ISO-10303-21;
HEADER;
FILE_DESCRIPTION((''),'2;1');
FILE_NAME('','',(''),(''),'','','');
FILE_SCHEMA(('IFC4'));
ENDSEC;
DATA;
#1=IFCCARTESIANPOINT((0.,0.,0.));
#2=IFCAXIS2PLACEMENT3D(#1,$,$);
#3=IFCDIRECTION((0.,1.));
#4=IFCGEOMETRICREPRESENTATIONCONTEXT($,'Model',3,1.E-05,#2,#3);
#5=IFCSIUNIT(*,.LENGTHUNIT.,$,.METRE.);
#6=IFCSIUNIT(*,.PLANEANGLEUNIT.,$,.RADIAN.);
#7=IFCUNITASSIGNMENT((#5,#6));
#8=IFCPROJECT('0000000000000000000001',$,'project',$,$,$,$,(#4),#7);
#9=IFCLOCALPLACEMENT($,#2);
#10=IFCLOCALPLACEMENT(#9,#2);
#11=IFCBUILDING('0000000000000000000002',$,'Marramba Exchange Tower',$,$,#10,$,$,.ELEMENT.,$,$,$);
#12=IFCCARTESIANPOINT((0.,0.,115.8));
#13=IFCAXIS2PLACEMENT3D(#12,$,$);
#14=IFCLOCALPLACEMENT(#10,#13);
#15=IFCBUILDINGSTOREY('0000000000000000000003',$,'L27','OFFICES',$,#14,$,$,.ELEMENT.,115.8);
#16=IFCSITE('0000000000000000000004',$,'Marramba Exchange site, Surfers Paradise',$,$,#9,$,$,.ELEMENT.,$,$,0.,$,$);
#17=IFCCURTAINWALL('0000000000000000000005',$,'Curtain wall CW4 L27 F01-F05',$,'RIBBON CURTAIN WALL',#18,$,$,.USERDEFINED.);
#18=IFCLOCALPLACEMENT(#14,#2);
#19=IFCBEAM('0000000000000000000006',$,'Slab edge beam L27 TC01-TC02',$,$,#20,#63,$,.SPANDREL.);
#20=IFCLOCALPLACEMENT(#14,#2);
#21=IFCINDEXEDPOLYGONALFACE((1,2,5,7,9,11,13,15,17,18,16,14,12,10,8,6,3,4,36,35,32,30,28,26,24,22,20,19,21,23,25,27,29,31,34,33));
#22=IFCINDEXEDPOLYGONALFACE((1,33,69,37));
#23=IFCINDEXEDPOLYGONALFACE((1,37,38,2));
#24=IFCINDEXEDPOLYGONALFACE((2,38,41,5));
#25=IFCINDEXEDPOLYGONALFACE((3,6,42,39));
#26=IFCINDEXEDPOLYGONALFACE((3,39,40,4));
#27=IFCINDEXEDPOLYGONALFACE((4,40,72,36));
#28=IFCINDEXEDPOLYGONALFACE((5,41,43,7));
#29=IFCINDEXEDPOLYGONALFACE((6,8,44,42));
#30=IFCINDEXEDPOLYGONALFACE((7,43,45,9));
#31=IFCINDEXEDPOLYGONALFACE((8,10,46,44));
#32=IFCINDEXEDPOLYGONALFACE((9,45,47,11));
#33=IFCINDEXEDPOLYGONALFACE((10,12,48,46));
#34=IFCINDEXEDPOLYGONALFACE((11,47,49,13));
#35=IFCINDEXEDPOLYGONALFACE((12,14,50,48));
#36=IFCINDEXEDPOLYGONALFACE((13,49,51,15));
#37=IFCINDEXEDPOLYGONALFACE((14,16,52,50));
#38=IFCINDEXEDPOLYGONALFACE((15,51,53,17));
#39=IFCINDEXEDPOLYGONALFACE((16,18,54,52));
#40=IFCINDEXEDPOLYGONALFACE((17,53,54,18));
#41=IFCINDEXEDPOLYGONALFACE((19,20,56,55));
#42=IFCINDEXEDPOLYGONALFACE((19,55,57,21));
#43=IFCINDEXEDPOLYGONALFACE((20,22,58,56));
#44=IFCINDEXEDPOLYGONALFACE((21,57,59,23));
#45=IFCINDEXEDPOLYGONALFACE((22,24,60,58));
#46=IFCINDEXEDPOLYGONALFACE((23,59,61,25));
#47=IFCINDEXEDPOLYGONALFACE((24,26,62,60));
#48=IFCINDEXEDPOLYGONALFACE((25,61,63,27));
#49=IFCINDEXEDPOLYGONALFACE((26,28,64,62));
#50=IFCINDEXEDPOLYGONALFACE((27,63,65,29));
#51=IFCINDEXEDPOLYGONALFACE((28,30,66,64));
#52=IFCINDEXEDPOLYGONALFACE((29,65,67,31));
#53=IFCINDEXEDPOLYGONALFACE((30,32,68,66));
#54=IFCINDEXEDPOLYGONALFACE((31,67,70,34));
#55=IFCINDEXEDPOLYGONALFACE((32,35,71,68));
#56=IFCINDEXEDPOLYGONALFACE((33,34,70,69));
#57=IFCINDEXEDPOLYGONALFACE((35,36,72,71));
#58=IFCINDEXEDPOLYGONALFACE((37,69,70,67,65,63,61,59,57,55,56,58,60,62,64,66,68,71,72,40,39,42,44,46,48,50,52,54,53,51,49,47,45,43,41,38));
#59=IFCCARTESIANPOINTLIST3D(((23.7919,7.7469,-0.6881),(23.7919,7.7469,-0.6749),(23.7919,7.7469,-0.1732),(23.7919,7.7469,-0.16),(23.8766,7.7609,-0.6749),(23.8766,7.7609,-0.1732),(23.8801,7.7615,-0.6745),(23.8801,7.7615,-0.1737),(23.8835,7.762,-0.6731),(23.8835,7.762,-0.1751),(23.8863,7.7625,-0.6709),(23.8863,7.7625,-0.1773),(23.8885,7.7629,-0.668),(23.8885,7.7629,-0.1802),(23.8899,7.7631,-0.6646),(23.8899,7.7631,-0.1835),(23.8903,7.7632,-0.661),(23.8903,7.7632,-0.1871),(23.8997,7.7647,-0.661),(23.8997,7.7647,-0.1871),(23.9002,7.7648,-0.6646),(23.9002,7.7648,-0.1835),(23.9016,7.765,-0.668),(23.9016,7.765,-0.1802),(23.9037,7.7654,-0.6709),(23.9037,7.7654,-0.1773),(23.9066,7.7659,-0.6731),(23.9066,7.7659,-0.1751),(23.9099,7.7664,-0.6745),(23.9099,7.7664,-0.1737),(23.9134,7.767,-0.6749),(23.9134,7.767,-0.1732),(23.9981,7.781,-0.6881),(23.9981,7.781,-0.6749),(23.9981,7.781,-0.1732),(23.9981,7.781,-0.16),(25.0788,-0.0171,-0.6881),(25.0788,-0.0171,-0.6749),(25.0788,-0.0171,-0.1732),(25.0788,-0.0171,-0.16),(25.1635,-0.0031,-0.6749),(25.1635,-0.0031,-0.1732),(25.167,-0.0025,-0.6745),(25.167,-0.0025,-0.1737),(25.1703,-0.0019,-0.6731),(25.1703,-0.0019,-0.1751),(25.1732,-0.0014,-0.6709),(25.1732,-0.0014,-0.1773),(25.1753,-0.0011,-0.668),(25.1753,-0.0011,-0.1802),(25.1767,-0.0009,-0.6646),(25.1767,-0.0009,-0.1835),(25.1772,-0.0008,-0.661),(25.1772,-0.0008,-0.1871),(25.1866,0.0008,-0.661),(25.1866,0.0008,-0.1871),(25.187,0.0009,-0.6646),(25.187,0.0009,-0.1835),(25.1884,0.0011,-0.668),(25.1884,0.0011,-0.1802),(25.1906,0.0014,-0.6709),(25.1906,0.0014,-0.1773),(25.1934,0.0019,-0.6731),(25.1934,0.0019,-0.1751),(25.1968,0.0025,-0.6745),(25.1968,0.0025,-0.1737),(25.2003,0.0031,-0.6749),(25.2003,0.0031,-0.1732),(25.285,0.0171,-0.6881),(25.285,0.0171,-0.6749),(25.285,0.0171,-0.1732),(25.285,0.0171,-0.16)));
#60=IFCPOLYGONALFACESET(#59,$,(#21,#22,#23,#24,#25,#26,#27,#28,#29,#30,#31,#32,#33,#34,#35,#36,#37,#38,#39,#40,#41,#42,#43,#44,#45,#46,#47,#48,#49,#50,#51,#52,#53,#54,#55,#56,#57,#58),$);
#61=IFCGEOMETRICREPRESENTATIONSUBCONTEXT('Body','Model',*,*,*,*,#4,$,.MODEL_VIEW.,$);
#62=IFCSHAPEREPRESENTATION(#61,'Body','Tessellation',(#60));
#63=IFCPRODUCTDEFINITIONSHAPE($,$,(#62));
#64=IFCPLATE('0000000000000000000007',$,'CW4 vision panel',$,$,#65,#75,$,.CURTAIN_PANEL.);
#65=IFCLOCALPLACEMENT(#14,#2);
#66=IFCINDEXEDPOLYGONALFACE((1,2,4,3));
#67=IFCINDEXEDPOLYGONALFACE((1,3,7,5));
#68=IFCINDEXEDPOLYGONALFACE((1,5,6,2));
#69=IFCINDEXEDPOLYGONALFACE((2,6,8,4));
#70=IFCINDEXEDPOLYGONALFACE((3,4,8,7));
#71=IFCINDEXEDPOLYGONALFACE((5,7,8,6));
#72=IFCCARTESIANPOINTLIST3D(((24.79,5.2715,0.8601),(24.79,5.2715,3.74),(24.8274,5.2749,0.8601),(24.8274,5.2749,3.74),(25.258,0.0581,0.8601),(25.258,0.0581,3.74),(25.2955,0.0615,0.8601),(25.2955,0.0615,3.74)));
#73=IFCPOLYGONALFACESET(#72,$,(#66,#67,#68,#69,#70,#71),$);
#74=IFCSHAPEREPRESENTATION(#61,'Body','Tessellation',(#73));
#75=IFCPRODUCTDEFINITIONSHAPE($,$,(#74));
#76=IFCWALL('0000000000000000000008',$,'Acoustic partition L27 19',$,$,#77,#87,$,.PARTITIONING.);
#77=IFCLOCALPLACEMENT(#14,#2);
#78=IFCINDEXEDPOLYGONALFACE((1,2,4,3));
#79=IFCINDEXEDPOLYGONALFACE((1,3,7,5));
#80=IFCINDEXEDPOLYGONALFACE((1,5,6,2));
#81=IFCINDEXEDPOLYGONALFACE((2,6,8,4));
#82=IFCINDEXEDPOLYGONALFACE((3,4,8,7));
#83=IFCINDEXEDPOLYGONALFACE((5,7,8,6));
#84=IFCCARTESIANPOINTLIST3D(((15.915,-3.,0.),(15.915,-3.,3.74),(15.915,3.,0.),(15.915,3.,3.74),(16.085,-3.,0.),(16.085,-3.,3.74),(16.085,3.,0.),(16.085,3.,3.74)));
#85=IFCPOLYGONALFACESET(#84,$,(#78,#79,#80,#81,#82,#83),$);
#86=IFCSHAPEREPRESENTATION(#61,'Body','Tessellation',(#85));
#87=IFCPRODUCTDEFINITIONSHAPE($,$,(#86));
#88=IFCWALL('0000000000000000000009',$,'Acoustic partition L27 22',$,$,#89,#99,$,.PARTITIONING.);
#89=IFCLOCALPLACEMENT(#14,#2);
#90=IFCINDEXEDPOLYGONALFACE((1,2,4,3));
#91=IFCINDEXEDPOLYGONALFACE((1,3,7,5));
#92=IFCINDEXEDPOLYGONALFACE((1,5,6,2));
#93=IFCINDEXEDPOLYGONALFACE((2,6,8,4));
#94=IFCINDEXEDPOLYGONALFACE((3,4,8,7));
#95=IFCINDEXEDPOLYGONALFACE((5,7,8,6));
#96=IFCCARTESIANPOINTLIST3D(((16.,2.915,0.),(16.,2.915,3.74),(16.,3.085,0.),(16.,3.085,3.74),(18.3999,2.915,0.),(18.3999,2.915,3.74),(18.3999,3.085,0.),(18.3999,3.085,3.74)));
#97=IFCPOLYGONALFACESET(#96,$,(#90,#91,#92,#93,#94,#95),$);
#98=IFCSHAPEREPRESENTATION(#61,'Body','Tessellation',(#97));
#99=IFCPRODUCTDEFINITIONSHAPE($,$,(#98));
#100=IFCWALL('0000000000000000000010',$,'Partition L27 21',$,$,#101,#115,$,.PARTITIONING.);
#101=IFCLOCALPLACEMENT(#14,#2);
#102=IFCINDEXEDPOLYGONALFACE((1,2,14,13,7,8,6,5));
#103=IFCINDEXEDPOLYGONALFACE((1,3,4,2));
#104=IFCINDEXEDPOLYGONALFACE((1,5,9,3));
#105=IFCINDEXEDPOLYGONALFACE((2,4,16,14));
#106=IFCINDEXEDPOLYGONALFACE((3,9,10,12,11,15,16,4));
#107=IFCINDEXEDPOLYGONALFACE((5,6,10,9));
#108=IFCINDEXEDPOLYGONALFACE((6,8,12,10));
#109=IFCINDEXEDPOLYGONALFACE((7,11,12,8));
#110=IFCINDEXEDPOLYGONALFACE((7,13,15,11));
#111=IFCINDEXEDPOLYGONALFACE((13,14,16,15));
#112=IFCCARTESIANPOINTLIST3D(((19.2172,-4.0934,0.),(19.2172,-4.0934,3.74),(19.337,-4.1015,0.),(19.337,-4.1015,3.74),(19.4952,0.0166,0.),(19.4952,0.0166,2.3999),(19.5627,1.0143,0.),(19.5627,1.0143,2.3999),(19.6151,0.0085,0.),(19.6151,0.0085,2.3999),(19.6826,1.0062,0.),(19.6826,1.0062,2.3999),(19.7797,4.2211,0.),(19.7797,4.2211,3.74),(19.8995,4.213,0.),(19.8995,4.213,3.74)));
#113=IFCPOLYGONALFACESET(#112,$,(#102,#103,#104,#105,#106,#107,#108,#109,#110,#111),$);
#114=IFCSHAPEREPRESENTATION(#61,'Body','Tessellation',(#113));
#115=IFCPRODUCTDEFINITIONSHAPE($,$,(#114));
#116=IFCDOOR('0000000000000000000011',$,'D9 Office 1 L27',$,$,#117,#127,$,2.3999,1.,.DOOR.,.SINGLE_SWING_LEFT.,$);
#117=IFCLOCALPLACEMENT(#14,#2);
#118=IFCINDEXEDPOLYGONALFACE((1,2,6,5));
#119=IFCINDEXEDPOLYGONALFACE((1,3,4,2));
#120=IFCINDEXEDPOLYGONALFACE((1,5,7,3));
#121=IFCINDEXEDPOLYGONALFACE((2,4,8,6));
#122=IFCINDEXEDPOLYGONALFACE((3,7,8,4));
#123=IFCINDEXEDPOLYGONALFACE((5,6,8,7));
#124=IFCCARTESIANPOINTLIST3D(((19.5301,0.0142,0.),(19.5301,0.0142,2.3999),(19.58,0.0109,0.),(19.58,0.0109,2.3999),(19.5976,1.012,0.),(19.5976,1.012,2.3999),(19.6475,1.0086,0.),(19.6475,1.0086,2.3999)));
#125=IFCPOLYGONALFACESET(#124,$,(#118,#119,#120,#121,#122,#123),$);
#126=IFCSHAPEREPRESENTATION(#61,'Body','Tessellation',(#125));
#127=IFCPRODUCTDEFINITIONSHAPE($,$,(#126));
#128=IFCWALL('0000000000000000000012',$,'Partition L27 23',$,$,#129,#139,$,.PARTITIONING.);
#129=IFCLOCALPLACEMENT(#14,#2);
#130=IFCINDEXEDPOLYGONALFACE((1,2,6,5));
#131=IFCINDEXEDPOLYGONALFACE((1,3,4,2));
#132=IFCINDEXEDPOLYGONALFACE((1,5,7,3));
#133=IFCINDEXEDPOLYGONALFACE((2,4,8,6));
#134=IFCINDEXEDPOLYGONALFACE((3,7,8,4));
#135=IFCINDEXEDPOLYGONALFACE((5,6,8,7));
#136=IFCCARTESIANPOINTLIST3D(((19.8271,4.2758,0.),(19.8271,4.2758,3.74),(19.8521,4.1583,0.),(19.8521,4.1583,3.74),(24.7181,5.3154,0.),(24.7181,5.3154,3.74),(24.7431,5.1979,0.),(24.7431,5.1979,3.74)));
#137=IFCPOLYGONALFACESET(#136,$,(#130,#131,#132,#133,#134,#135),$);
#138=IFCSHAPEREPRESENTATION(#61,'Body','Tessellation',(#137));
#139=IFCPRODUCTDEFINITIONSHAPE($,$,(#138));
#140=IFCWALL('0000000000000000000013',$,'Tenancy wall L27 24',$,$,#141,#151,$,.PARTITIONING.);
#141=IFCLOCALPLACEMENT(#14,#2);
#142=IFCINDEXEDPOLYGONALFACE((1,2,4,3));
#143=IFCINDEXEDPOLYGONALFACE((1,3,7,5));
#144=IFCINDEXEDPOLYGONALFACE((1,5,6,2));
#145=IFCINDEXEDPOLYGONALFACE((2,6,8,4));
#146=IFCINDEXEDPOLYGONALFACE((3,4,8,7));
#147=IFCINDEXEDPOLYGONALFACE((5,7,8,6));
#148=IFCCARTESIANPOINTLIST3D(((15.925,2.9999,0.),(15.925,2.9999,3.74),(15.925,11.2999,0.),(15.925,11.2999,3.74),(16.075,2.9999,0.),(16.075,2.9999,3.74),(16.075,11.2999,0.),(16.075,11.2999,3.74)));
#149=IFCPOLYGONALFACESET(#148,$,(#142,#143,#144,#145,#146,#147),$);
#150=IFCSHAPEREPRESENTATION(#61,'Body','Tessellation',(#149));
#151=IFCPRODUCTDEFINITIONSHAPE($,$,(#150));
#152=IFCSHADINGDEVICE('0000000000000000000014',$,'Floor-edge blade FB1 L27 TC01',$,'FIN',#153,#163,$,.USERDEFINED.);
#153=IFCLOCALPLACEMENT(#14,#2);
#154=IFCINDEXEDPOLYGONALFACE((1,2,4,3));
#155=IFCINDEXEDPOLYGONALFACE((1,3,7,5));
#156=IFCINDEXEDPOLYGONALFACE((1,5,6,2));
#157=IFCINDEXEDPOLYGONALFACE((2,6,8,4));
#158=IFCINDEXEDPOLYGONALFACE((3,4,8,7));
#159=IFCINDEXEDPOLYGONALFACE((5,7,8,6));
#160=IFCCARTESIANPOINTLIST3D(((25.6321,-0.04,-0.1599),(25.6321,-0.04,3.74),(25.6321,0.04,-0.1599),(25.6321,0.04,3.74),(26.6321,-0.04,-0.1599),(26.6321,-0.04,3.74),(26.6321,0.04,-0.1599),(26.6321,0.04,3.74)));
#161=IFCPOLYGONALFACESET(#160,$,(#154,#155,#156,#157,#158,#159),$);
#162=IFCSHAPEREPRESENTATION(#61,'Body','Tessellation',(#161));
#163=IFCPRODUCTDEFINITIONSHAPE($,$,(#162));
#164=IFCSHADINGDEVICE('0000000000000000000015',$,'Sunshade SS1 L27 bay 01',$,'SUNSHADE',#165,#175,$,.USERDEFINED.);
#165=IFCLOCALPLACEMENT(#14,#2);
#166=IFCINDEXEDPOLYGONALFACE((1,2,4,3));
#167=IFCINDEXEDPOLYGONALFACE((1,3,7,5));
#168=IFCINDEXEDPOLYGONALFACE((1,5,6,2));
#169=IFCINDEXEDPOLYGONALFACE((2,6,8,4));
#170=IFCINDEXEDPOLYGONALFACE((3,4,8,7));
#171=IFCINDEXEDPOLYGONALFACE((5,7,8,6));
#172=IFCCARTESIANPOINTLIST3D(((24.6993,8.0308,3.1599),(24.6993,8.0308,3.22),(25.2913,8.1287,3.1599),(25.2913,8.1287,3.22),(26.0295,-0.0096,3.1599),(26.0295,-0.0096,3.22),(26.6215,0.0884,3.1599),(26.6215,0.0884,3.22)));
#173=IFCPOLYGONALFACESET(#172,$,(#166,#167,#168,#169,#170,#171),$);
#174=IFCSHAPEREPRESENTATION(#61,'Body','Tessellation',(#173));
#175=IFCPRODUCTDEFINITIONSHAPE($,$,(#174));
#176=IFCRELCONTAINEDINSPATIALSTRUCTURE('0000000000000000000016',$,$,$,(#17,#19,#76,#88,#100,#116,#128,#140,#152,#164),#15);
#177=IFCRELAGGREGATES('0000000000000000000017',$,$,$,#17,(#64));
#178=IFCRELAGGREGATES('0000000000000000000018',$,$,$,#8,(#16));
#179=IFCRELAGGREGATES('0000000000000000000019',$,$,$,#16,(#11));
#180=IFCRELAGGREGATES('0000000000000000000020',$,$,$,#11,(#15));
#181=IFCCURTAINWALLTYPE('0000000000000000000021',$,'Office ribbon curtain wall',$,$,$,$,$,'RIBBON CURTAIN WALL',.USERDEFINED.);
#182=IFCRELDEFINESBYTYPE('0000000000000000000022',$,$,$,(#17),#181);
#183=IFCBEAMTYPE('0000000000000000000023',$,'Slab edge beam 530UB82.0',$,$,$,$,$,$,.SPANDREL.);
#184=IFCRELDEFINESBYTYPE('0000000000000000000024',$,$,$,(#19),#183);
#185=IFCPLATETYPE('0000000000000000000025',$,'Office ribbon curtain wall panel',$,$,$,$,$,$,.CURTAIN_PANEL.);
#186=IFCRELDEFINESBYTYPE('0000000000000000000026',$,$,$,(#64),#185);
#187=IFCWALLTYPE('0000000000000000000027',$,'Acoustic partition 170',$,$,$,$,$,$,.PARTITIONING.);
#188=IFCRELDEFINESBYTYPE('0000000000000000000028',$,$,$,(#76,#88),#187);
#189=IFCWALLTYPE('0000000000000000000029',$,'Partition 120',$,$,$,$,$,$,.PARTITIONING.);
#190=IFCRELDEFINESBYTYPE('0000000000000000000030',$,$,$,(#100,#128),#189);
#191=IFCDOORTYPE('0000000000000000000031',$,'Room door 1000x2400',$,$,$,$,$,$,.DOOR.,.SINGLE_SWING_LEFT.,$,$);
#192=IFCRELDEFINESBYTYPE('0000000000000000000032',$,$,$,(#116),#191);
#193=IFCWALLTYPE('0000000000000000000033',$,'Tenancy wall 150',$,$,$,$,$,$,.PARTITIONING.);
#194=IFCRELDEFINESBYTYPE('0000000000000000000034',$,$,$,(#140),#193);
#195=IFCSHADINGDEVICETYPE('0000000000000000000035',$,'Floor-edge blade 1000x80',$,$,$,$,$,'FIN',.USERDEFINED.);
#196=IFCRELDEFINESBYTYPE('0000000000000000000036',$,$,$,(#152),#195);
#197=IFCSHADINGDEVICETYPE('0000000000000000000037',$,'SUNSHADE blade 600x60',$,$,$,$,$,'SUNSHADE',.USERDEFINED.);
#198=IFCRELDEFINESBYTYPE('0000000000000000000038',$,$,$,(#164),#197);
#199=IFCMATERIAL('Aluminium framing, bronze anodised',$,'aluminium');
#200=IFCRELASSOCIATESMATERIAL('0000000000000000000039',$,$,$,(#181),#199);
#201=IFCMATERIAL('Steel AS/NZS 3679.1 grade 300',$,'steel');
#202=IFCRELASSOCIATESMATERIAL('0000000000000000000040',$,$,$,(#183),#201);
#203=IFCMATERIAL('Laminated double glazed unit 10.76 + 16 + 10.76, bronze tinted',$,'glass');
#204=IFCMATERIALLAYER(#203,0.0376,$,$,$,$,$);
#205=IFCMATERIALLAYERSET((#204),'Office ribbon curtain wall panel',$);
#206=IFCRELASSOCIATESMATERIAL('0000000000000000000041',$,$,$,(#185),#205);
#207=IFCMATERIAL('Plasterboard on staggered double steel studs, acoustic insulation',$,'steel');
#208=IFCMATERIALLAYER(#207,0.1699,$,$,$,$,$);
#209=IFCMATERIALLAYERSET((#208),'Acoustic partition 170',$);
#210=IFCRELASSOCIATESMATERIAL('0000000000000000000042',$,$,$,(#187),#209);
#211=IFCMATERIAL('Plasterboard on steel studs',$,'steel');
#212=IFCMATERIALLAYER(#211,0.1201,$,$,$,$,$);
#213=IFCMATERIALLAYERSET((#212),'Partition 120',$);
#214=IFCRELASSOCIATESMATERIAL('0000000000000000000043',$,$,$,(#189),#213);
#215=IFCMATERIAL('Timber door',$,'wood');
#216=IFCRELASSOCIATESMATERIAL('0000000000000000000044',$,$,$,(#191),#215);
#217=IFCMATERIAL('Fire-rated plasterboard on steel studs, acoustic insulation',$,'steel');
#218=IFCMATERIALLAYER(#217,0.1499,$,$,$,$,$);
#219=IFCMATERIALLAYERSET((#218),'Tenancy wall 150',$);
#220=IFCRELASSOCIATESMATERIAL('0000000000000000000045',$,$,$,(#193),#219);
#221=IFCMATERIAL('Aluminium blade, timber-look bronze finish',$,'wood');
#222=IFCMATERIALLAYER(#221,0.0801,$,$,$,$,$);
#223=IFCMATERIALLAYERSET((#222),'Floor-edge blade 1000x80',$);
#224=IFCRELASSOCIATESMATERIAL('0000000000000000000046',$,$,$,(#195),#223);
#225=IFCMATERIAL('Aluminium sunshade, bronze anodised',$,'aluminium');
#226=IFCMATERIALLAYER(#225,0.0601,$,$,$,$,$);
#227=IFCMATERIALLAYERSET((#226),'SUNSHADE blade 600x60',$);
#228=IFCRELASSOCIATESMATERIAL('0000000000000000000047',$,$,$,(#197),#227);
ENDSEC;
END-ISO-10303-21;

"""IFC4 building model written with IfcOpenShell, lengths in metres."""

from ifc_helpers import new_model, si_unit, direction, frame, frame_2d, origin, origin_2d, place, context, subcontext, project, spatial, rectangle, i_section, extrude, material, layer, layer_set, material_profile, profile_set, type_object, element, fill, aggregate, save


model = new_model("IFC4")

# Units and contexts
model_context = context("Model", 3, precision=1e-05, world=origin(), true_north=direction((0.0, 1.0)))
body_context = subcontext(model_context, "Body", "Model", "MODEL_VIEW")
ifc_project = project(units=[si_unit("LENGTHUNIT", "METRE"), si_unit("PLANEANGLEUNIT", "RADIAN")], contexts=[model_context])

# Site, building, storey
site_placement = place(None, origin())
site = spatial("IfcSite", under=ifc_project, at=site_placement, Name="Marramba Exchange site, Surfers Paradise", CompositionType="ELEMENT", RefElevation=0.0)
building_placement = place(site_placement, origin())
building = spatial("IfcBuilding", under=site, at=building_placement, Name="Marramba Exchange Tower", CompositionType="ELEMENT")
storey_placement = place(building_placement, frame((0.0, 0.0, 115.8)))
storey = spatial("IfcBuildingStorey", under=building, at=storey_placement, Name="L27", Description="OFFICES", CompositionType="ELEMENT", Elevation=115.8)

# Shared definitions
ifc_material_1 = material(Name="Steel AS/NZS 3679.1 grade 300", Category="steel")

# Curtain wall
ifc_material_2 = material(Name="Aluminium framing, bronze anodised", Category="aluminium")
curtain_wall_type = type_object("IfcCurtainWallType", Name="Office ribbon curtain wall", ElementType="RIBBON CURTAIN WALL", PredefinedType="USERDEFINED", material=ifc_material_2)
curtain_wall_placement = place(storey_placement, origin())
curtain_wall = element("IfcCurtainWall", 1, at=curtain_wall_placement, inside=storey, type_object=curtain_wall_type, Name="Curtain wall CW4 L27 F01-F05", ObjectType="RIBBON CURTAIN WALL", PredefinedType="USERDEFINED")

# Beam
ifc_material_profile_1 = material_profile(ifc_material_1, i_section(OverallWidth=0.209, OverallDepth=0.5281, WebThickness=0.0095, FlangeThickness=0.0132, FilletRadius=0.0139, at=origin_2d()), Name="530UB82.0")
ifc_profile_set_1 = profile_set([ifc_material_profile_1], Name="Steel AS/NZS 3679.1 grade 300")
beam_type_1 = type_object("IfcBeamType", Name="Slab edge beam 530UB82.0", PredefinedType="SPANDREL", material=ifc_profile_set_1)
beam_1_placement = place(storey_placement, frame((25.1819, 0.0, -0.4241), z_axis=(-0.163519, 0.98654, 0.0), x_axis=(-0.98654, -0.163519, 0.0)))
element("IfcBeam", 2, at=beam_1_placement, inside=storey, type_object=beam_type_1, Name="Slab edge beam L27 TC01-TC02", PredefinedType="SPANDREL", context=body_context, shape_type="SweptSolid", body=[
    extrude(i_section(OverallWidth=0.209, OverallDepth=0.5281, WebThickness=0.0095, FlangeThickness=0.0132, FilletRadius=0.0139, at=origin_2d()), origin(), (0.0, 0.0, 1.0), 7.8699),
])

# Plate
ifc_material_3 = material(Name="Laminated double glazed unit 10.76 + 16 + 10.76, bronze tinted", Category="glass")
ifc_layer_1 = layer(ifc_material_3, 0.0376)
ifc_layer_set_1 = layer_set([ifc_layer_1], Name="Office ribbon curtain wall panel")
plate_type = type_object("IfcPlateType", Name="Office ribbon curtain wall panel", PredefinedType="CURTAIN_PANEL", material=ifc_layer_set_1)
plate_placement = place(storey_placement, frame((25.0427, 2.6665, 0.8601), z_axis=(0.0, 0.0, 1.0), x_axis=(-0.089413, 0.995995, 0.0)))
plate = element("IfcPlate", 3, at=plate_placement, type_object=plate_type, Name="CW4 vision panel", PredefinedType="CURTAIN_PANEL", context=body_context, shape_type="SweptSolid", body=[
    extrude(rectangle(XDim=5.2344, YDim=0.0376, at=origin_2d()), origin(), (0.0, 0.0, 1.0), 2.8799),
])
aggregate(curtain_wall, [plate])

# Walls
ifc_material_4 = material(Name="Plasterboard on staggered double steel studs, acoustic insulation", Category="steel")
ifc_layer_2 = layer(ifc_material_4, 0.1699)
ifc_layer_set_2 = layer_set([ifc_layer_2], Name="Acoustic partition 170")
wall_type_1 = type_object("IfcWallType", Name="Acoustic partition 170", PredefinedType="PARTITIONING", material=ifc_layer_set_2)
wall_1_placement = place(storey_placement, frame((16.0, 3.0, 0.0), z_axis=(0.0, 0.0, 1.0), x_axis=(0.0, -1.0, 0.0)))
element("IfcWall", 4, at=wall_1_placement, inside=storey, type_object=wall_type_1, Name="Acoustic partition L27 19", PredefinedType="PARTITIONING", context=body_context, shape_type="SweptSolid", body=[
    extrude(rectangle(XDim=6.0, YDim=0.1699, at=frame_2d((3.0, 0.0))), origin(), (0.0, 0.0, 1.0), 3.74),
])
wall_2_placement = place(storey_placement, frame((18.3999, 3.0, 0.0), z_axis=(0.0, 0.0, 1.0), x_axis=(-1.0, 0.0, 0.0)))
element("IfcWall", 5, at=wall_2_placement, inside=storey, type_object=wall_type_1, Name="Acoustic partition L27 22", PredefinedType="PARTITIONING", context=body_context, shape_type="SweptSolid", body=[
    extrude(rectangle(XDim=2.3999, YDim=0.1699, at=frame_2d((1.2, 0.0))), origin(), (0.0, 0.0, 1.0), 3.74),
])

# Wall, opening, door
ifc_material_5 = material(Name="Plasterboard on steel studs", Category="steel")
ifc_layer_3 = layer(ifc_material_5, 0.1201)
ifc_layer_set_3 = layer_set([ifc_layer_3], Name="Partition 120")
wall_type_2 = type_object("IfcWallType", Name="Partition 120", PredefinedType="PARTITIONING", material=ifc_layer_set_3)
wall_3_placement = place(storey_placement, frame((19.8396, 4.217, 0.0), z_axis=(0.0, 0.0, 1.0), x_axis=(-0.067499, -0.997719, 0.0)))
wall_3 = element("IfcWall", 6, at=wall_3_placement, inside=storey, type_object=wall_type_2, Name="Partition L27 21", PredefinedType="PARTITIONING", context=body_context, shape_type="SweptSolid", body=[
    extrude(rectangle(XDim=8.3335, YDim=0.1201, at=frame_2d((4.1667, 0.0))), origin(), (0.0, 0.0, 1.0), 3.74),
])
opening_placement = place(wall_3_placement, frame((3.2141, 0.0, 0.0)))
opening = element("IfcOpeningElement", 7, at=opening_placement, cuts=wall_3, PredefinedType="OPENING", context=body_context, shape_type="SweptSolid", body=[
    extrude(rectangle(XDim=1.0, YDim=2.3999, at=frame_2d((0.5, 1.2))), frame((0.0, 0.0701, 0.0), z_axis=(0.0, -1.0, 0.0), x_axis=(1.0, 0.0, 0.0)), (0.0, 0.0, 1.0), 0.1401),
])
ifc_material_6 = material(Name="Timber door", Category="wood")
door_type = type_object("IfcDoorType", Name="Room door 1000x2400", OperationType="SINGLE_SWING_LEFT", PredefinedType="DOOR", material=ifc_material_6)
door_placement = place(opening_placement, origin())
door = element("IfcDoor", 8, at=door_placement, inside=storey, type_object=door_type, Name="D9 Office 1 L27", OperationType="SINGLE_SWING_LEFT", OverallHeight=2.3999, OverallWidth=1.0, PredefinedType="DOOR", context=body_context, shape_type="SweptSolid", body=[
    extrude(rectangle(XDim=1.0, YDim=2.3999, at=frame_2d((0.5, 1.2))), frame((0.0, 0.0249, 0.0), z_axis=(0.0, -1.0, 0.0), x_axis=(1.0, 0.0, 0.0)), (0.0, 0.0, 1.0), 0.05),
])
fill(opening, door)

# Walls
wall_4_placement = place(storey_placement, frame((24.7305, 5.2566, 0.0), z_axis=(0.0, 0.0, 1.0), x_axis=(-0.978149, -0.207905, 0.0)))
element("IfcWall", 9, at=wall_4_placement, inside=storey, type_object=wall_type_2, Name="Partition L27 23", PredefinedType="PARTITIONING", context=body_context, shape_type="SweptSolid", body=[
    extrude(rectangle(XDim=5.0002, YDim=0.1201, at=frame_2d((2.5, 0.0))), origin(), (0.0, 0.0, 1.0), 3.74),
])
ifc_material_7 = material(Name="Fire-rated plasterboard on steel studs, acoustic insulation", Category="steel")
ifc_layer_4 = layer(ifc_material_7, 0.1499)
ifc_layer_set_4 = layer_set([ifc_layer_4], Name="Tenancy wall 150")
wall_type_3 = type_object("IfcWallType", Name="Tenancy wall 150", PredefinedType="PARTITIONING", material=ifc_layer_set_4)
wall_5_placement = place(storey_placement, frame((16.0, 3.0, 0.0), z_axis=(0.0, 0.0, 1.0), x_axis=(0.0, 1.0, 0.0)))
element("IfcWall", 10, at=wall_5_placement, inside=storey, type_object=wall_type_3, Name="Tenancy wall L27 24", PredefinedType="PARTITIONING", context=body_context, shape_type="SweptSolid", body=[
    extrude(rectangle(XDim=8.3, YDim=0.1499, at=frame_2d((4.1499, 0.0))), origin(), (0.0, 0.0, 1.0), 3.74),
])

# Shading devices
ifc_material_8 = material(Name="Aluminium blade, timber-look bronze finish", Category="wood")
ifc_layer_5 = layer(ifc_material_8, 0.0801)
ifc_layer_set_5 = layer_set([ifc_layer_5], Name="Floor-edge blade 1000x80")
shading_device_type_1 = type_object("IfcShadingDeviceType", Name="Floor-edge blade 1000x80", ElementType="FIN", PredefinedType="USERDEFINED", material=ifc_layer_set_5)
shading_device_1_placement = place(storey_placement, frame((26.1321, 0.0, -0.1599), z_axis=(0.0, 0.0, 1.0), x_axis=(1.0, 0.0, 0.0)))
element("IfcShadingDevice", 11, at=shading_device_1_placement, inside=storey, type_object=shading_device_type_1, Name="Floor-edge blade FB1 L27 TC01", ObjectType="FIN", PredefinedType="USERDEFINED", context=body_context, shape_type="SweptSolid", body=[
    extrude(rectangle(XDim=1.0, YDim=0.0801, at=origin_2d()), origin(), (0.0, 0.0, 1.0), 3.8999),
])
ifc_material_9 = material(Name="Aluminium sunshade, bronze anodised", Category="aluminium")
ifc_layer_6 = layer(ifc_material_9, 0.0601)
ifc_layer_set_6 = layer_set([ifc_layer_6], Name="SUNSHADE blade 600x60")
shading_device_type_2 = type_object("IfcShadingDeviceType", Name="SUNSHADE blade 600x60", ElementType="SUNSHADE", PredefinedType="USERDEFINED", material=ifc_layer_set_6)
shading_device_2_placement = place(storey_placement, frame((25.6604, 4.0596, 3.1599), z_axis=(0.0, 0.0, 1.0), x_axis=(-0.163228, 0.986588, 0.0)))
element("IfcShadingDevice", 12, at=shading_device_2_placement, inside=storey, type_object=shading_device_type_2, Name="Sunshade SS1 L27 bay 01", ObjectType="SUNSHADE", PredefinedType="USERDEFINED", context=body_context, shape_type="SweptSolid", body=[
    extrude(rectangle(XDim=8.1497, YDim=0.6001, at=origin_2d()), origin(), (0.0, 0.0, 1.0), 0.0601),
])

save(model, "model.ifc")
